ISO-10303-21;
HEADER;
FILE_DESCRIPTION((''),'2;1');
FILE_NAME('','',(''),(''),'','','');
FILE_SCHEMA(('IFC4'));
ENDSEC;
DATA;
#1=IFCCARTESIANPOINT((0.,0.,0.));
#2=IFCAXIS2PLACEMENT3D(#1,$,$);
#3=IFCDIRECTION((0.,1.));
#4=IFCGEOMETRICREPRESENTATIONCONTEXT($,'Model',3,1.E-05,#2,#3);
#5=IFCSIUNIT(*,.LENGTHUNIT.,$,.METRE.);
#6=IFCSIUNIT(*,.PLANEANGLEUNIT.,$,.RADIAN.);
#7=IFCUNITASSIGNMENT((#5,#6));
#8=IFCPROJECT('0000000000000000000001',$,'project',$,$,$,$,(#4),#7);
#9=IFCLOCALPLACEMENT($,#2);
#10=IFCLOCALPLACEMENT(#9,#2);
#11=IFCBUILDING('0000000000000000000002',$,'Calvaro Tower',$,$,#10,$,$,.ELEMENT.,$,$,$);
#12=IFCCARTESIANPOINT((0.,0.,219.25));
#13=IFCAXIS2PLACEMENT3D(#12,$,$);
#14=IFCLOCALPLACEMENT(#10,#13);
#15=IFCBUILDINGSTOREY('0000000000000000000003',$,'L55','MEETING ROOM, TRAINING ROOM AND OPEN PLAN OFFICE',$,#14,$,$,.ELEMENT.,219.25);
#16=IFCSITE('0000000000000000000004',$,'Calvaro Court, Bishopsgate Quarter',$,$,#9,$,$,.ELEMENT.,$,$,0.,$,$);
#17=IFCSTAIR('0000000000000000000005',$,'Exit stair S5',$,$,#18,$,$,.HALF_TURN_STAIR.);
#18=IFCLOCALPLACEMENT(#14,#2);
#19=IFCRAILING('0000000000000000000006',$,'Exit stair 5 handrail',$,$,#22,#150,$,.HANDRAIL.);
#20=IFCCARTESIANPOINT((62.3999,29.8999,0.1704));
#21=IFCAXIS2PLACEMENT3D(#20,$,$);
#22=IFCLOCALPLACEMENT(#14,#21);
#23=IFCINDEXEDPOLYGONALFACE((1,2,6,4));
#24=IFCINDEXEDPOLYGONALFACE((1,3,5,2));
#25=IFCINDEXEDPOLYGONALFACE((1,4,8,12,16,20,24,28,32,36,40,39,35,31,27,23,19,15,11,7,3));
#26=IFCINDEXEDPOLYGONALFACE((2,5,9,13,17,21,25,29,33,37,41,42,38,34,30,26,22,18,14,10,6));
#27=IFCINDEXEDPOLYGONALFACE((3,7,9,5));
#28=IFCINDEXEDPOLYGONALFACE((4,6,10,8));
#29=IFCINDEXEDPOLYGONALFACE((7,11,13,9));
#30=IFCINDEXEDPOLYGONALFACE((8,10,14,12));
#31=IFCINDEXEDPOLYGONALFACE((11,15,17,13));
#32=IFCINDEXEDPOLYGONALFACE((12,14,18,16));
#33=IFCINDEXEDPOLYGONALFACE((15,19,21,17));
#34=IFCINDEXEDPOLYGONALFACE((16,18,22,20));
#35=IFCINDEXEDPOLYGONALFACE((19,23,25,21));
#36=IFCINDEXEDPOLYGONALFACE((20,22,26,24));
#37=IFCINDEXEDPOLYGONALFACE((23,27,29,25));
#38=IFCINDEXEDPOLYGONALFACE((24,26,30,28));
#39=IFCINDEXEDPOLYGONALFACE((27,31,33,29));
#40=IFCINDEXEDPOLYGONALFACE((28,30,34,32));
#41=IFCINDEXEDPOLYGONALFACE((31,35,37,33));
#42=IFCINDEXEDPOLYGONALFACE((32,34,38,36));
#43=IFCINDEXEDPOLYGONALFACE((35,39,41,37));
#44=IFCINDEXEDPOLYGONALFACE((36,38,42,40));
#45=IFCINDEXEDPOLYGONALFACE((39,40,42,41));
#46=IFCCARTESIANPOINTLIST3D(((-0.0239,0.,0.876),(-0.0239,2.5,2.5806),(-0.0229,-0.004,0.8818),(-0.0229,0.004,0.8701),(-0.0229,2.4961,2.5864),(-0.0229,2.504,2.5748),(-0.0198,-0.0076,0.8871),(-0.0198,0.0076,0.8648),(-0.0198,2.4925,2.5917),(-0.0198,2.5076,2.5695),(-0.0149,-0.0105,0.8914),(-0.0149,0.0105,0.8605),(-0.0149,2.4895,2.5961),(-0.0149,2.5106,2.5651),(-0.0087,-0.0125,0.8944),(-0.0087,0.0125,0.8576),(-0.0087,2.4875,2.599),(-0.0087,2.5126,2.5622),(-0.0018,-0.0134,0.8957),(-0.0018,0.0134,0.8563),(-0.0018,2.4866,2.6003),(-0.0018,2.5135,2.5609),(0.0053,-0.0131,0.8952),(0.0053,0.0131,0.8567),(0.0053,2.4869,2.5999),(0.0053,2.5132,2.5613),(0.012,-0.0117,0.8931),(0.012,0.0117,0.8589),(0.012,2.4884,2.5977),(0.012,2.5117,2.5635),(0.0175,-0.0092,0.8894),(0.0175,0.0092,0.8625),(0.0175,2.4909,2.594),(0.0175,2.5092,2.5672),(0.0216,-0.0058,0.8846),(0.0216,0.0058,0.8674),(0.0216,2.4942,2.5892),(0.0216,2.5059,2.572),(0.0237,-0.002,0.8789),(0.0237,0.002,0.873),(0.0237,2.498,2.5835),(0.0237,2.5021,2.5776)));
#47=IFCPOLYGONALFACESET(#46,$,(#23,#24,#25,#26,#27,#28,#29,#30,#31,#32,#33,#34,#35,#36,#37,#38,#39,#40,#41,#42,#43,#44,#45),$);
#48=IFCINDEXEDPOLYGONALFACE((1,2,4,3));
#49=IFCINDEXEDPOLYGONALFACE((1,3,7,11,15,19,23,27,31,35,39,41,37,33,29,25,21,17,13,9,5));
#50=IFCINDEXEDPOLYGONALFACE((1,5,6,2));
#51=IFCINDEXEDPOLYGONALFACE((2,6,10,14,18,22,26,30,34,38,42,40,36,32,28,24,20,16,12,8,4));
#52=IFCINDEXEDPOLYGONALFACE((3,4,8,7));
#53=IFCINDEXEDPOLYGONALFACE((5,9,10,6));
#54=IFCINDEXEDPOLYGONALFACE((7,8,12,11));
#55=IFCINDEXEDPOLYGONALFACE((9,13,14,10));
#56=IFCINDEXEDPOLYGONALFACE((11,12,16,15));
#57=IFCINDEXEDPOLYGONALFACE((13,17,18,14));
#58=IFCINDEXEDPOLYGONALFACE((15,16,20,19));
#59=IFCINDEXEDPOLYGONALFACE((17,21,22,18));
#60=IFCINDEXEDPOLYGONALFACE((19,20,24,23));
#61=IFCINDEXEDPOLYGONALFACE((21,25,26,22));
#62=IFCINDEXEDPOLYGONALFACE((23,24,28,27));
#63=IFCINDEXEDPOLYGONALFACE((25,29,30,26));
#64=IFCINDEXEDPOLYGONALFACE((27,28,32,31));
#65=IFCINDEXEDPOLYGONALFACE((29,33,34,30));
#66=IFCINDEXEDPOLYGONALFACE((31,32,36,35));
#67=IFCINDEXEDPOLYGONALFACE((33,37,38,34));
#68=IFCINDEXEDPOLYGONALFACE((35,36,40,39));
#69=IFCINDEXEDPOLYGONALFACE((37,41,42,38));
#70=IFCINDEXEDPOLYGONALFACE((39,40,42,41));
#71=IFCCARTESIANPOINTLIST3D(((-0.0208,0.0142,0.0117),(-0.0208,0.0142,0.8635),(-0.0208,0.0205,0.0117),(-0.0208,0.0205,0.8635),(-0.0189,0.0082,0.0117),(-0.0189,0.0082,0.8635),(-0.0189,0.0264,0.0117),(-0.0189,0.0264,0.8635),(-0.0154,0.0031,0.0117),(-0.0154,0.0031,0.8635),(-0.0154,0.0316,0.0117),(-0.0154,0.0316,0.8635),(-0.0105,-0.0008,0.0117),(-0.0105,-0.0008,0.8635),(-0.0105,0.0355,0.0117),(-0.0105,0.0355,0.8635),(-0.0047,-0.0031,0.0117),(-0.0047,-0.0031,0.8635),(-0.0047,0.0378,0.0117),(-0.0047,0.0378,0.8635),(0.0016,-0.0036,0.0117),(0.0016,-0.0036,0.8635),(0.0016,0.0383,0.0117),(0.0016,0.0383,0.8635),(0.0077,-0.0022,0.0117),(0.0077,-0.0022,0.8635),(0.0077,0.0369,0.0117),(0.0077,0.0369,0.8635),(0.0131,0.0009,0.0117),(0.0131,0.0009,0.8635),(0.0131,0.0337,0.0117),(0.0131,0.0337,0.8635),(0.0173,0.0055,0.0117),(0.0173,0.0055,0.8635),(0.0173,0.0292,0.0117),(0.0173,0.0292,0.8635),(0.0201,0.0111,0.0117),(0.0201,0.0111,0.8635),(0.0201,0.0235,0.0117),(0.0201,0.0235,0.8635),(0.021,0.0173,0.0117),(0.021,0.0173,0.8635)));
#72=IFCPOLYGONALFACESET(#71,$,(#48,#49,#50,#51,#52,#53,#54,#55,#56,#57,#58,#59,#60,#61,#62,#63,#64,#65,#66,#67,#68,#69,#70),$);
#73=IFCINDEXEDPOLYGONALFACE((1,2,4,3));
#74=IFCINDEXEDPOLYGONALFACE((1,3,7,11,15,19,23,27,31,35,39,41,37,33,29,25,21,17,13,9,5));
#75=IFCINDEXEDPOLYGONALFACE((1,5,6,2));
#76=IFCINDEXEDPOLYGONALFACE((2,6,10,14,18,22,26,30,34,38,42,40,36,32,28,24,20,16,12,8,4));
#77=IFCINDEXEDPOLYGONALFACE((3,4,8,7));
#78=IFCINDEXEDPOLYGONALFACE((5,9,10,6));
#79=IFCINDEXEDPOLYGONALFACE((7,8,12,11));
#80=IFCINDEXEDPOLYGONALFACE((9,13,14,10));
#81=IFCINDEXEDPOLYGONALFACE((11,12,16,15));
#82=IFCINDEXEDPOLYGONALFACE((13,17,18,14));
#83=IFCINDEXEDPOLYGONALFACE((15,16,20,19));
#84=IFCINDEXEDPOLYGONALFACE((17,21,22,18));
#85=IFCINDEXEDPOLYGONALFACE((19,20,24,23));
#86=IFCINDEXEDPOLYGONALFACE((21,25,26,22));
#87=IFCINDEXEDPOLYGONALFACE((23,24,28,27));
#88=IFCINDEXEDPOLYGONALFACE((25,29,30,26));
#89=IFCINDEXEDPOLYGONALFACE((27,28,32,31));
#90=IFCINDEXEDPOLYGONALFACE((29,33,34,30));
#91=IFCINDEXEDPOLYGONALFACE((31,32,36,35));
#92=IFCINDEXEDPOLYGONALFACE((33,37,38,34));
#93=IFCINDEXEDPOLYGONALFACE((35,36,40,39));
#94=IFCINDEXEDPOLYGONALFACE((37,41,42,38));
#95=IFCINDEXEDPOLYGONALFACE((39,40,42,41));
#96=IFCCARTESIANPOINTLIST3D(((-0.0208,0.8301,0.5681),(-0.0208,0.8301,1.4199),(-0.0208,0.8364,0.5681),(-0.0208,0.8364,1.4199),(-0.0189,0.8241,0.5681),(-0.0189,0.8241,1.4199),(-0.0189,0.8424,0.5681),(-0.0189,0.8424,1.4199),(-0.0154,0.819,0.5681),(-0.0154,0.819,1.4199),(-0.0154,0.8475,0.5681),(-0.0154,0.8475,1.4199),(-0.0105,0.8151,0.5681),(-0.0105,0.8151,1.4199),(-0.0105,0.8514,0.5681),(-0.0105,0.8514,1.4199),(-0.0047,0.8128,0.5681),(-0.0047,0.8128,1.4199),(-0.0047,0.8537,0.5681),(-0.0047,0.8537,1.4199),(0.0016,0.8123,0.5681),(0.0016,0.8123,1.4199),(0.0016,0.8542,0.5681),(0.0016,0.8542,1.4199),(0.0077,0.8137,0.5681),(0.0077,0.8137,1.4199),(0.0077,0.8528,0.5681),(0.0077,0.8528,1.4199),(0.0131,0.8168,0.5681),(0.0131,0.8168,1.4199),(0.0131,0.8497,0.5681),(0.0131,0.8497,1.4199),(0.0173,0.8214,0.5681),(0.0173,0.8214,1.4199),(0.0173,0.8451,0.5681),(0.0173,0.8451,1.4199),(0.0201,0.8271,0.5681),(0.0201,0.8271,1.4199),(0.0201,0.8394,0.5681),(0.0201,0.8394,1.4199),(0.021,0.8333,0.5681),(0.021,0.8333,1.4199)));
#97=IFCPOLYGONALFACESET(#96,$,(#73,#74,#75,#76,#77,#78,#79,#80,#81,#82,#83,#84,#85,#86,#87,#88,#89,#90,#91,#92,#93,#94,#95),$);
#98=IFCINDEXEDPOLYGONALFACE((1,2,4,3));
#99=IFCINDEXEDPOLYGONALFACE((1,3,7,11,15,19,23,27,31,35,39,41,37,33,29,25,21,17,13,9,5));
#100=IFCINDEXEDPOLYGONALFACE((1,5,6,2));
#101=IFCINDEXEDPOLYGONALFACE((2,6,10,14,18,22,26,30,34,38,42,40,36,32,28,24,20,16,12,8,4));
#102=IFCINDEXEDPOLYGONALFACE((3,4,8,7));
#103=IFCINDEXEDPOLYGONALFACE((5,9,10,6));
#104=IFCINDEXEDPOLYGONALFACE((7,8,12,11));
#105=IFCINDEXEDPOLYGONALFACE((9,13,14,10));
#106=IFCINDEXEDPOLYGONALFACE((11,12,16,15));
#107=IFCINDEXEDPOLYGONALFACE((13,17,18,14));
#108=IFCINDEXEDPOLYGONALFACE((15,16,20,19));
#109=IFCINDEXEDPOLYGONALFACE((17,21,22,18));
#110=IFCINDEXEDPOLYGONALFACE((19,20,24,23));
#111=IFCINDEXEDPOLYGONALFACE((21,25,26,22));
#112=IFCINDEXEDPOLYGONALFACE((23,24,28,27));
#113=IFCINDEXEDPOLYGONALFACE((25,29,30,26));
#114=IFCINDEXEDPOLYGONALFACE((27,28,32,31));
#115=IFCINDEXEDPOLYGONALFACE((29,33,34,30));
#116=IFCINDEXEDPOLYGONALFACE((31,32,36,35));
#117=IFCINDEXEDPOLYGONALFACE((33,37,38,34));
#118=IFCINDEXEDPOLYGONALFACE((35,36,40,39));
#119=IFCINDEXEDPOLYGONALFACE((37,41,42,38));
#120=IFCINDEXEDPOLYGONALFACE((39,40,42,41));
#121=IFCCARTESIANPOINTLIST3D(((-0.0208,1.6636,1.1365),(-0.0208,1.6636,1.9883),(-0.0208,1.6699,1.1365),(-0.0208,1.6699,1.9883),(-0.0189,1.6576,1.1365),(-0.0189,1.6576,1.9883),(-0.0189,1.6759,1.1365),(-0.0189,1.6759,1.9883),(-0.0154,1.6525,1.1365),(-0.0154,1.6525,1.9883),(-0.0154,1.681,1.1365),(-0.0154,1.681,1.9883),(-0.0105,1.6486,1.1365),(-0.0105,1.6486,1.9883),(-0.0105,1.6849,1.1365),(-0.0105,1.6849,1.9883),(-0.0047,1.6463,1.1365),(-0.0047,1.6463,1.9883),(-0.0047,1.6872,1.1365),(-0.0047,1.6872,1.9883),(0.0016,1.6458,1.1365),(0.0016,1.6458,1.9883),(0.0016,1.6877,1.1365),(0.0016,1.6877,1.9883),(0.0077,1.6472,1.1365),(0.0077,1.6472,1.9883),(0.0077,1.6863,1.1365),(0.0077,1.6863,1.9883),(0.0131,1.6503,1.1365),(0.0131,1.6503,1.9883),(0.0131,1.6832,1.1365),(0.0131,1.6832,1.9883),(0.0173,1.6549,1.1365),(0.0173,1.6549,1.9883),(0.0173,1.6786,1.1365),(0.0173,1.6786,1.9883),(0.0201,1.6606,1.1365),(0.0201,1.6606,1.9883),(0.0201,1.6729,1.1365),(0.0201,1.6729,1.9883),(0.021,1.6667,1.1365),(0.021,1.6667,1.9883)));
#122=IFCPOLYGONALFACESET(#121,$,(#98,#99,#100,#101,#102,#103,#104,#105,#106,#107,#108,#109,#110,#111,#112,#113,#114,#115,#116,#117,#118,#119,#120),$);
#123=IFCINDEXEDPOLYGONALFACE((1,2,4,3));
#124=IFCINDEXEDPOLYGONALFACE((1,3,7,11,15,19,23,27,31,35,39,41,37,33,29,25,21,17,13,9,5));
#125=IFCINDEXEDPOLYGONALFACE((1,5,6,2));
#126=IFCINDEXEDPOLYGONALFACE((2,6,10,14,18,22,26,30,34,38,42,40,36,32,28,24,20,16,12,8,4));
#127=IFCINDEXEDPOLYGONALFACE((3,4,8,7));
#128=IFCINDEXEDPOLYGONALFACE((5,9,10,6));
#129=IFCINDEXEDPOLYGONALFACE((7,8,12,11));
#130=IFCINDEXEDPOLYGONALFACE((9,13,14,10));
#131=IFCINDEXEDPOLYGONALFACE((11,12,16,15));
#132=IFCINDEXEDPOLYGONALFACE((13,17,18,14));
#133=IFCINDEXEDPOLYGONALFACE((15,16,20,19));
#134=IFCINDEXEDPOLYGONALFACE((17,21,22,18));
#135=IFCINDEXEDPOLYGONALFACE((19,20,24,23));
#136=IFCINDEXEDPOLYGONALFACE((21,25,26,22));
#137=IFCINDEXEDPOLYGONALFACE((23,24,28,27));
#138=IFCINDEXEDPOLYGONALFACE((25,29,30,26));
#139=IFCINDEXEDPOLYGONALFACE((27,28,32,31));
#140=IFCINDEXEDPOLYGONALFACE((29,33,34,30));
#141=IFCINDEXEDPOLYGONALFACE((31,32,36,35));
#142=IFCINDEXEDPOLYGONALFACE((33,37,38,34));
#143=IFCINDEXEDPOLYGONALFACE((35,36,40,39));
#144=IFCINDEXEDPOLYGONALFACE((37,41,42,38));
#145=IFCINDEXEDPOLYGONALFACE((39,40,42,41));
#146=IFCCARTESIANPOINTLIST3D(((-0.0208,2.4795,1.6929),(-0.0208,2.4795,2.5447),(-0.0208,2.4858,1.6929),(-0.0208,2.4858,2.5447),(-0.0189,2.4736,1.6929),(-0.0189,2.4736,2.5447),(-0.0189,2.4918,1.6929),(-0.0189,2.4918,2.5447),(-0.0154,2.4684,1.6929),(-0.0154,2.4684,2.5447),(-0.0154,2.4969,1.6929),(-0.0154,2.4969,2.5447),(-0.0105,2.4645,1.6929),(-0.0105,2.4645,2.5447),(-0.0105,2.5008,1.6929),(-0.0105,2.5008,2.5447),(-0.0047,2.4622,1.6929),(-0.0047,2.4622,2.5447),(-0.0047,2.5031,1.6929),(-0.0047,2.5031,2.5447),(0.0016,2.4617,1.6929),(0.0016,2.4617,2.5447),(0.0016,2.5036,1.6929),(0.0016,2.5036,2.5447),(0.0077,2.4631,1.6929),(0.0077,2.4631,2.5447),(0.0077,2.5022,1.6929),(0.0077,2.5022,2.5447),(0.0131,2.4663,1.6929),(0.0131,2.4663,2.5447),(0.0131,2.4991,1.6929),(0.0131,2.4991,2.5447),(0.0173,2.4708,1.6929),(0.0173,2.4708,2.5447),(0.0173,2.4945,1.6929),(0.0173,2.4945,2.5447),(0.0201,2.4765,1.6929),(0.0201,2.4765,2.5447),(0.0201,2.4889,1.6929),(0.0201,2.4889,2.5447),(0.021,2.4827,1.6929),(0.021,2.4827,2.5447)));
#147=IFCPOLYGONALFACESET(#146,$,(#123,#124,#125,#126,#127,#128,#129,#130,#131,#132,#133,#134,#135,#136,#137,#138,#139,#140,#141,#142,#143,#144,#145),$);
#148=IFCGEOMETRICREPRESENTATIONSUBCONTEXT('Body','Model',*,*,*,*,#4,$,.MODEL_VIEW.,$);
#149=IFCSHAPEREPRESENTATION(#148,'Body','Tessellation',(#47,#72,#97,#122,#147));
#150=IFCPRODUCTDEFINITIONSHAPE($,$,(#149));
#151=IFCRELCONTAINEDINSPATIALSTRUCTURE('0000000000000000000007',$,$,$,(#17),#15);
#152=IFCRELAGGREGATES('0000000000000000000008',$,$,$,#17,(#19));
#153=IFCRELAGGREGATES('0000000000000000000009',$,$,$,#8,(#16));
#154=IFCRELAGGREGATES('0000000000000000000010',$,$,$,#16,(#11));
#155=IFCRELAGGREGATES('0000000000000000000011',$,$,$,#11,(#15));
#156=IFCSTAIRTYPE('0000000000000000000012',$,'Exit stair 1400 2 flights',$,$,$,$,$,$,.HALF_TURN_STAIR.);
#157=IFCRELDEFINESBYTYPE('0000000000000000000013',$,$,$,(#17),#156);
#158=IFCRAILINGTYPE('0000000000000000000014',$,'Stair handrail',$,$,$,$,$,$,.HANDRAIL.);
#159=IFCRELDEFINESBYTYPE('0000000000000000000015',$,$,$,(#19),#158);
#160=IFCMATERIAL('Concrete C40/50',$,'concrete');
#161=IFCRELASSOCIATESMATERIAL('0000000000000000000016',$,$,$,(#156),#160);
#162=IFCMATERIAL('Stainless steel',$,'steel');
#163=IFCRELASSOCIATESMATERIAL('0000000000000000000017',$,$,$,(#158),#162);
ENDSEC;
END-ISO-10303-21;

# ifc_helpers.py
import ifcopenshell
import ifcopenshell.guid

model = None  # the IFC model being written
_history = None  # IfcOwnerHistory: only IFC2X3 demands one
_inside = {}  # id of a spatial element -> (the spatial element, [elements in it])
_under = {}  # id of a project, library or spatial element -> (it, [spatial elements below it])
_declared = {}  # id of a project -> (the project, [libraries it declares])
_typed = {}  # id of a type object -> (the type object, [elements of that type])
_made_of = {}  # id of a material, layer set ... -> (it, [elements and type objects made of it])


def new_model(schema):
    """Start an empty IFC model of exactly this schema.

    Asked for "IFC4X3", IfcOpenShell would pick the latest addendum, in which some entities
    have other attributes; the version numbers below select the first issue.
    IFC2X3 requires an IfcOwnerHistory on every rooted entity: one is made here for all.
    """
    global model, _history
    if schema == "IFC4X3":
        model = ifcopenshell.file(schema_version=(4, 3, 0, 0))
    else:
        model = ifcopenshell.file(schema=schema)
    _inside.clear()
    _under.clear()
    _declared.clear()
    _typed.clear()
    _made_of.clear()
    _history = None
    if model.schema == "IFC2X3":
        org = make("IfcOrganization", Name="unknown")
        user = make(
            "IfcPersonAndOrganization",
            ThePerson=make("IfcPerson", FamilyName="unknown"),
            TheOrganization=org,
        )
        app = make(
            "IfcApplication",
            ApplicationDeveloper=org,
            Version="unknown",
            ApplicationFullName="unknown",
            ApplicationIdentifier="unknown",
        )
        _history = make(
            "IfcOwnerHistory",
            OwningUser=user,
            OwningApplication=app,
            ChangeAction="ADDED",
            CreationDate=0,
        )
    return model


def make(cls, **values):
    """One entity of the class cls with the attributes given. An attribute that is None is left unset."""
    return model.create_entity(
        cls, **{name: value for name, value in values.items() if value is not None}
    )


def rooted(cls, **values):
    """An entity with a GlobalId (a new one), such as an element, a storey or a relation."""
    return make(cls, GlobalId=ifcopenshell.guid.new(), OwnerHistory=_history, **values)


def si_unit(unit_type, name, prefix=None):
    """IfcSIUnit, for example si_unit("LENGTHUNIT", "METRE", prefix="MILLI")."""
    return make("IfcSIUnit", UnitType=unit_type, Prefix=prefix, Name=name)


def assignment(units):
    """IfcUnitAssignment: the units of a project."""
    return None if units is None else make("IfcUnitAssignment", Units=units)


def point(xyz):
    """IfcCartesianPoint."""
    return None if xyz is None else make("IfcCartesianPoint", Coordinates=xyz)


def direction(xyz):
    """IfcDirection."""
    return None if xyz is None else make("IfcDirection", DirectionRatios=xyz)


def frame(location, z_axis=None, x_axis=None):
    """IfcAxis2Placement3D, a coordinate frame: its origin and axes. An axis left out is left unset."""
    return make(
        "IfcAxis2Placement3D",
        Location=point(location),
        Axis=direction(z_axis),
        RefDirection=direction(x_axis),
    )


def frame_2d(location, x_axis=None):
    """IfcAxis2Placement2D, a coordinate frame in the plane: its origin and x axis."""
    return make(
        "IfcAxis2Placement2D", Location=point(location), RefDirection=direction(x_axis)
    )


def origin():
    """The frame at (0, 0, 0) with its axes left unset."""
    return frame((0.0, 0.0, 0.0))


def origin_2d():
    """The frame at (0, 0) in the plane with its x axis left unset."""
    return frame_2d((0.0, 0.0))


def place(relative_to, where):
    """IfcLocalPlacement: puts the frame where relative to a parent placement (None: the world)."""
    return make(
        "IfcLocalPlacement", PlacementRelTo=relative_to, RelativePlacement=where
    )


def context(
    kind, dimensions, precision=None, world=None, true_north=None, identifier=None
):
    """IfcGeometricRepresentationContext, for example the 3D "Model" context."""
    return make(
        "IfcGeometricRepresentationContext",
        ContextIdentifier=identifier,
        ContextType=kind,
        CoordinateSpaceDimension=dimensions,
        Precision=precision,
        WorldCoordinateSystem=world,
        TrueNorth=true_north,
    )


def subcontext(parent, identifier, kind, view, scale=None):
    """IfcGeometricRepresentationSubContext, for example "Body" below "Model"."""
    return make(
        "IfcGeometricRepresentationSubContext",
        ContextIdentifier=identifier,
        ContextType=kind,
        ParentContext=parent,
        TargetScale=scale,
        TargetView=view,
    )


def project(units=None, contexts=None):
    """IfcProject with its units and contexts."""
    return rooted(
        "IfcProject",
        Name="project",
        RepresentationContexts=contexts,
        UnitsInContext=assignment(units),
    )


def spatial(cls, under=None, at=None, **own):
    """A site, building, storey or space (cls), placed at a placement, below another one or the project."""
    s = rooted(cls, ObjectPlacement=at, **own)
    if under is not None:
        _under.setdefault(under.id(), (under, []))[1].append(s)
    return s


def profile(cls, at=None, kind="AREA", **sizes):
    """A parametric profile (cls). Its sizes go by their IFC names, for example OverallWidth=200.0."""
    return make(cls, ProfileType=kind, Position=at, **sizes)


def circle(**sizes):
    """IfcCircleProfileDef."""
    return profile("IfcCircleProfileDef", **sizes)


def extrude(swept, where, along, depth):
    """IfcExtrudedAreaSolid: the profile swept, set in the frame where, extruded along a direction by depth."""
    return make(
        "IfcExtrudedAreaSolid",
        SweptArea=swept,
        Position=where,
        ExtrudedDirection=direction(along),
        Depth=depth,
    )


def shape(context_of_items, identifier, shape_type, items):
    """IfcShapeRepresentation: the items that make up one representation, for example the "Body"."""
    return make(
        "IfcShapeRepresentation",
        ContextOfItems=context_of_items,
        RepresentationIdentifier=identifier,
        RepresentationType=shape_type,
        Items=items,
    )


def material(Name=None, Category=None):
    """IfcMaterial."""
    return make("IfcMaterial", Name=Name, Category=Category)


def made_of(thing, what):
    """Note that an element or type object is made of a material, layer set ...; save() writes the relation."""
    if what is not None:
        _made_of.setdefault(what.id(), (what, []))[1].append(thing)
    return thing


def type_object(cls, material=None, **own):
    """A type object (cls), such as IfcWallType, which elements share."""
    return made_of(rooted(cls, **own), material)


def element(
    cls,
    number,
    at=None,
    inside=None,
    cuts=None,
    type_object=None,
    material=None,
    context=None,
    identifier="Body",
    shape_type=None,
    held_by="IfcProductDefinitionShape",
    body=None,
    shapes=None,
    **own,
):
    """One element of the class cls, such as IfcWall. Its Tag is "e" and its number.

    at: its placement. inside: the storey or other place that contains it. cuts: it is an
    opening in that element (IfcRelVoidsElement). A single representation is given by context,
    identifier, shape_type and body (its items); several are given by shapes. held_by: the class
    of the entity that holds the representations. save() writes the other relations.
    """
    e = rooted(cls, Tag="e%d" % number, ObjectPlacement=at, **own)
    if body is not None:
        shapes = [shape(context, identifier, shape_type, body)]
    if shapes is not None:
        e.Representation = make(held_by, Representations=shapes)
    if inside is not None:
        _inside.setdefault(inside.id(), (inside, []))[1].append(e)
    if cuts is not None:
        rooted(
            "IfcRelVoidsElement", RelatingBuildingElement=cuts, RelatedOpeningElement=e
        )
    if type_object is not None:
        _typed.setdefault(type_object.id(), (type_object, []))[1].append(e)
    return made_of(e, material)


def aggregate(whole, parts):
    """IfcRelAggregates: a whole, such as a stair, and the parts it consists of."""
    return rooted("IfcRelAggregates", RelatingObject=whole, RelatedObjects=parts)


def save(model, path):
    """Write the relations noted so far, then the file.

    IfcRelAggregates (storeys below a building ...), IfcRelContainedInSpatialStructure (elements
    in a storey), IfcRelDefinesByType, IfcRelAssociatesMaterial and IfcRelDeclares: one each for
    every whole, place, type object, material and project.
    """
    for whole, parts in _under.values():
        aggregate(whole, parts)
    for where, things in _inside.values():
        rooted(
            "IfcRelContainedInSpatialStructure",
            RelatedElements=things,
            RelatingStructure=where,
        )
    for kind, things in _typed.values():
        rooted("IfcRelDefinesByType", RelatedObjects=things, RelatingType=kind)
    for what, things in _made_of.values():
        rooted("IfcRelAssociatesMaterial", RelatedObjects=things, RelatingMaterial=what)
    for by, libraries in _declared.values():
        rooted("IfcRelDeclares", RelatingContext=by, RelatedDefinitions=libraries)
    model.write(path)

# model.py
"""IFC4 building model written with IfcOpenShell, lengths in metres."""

from ifc_helpers import new_model, si_unit, direction, frame, origin, origin_2d, place, context, subcontext, project, spatial, circle, extrude, material, type_object, element, aggregate, save


model = new_model("IFC4")

# Units and contexts
model_context = context("Model", 3, precision=1e-05, world=origin(), true_north=direction((0.0, 1.0)))
body_context = subcontext(model_context, "Body", "Model", "MODEL_VIEW")
ifc_project = project(units=[si_unit("LENGTHUNIT", "METRE"), si_unit("PLANEANGLEUNIT", "RADIAN")], contexts=[model_context])

# Site, building, storey
site_placement = place(None, origin())
site = spatial("IfcSite", under=ifc_project, at=site_placement, Name="Calvaro Court, Bishopsgate Quarter", CompositionType="ELEMENT", RefElevation=0.0)
building_placement = place(site_placement, origin())
building = spatial("IfcBuilding", under=site, at=building_placement, Name="Calvaro Tower", CompositionType="ELEMENT")
storey_placement = place(building_placement, frame((0.0, 0.0, 219.25)))
storey = spatial("IfcBuildingStorey", under=building, at=storey_placement, Name="L55", Description="MEETING ROOM, TRAINING ROOM AND OPEN PLAN OFFICE", CompositionType="ELEMENT", Elevation=219.25)

# Stair
ifc_material_1 = material(Name="Concrete C40/50", Category="concrete")
stair_type = type_object("IfcStairType", Name="Exit stair 1400 2 flights", PredefinedType="HALF_TURN_STAIR", material=ifc_material_1)
stair_1_placement = place(storey_placement, origin())
stair_1 = element("IfcStair", 1, at=stair_1_placement, inside=storey, type_object=stair_type, Name="Exit stair S5", PredefinedType="HALF_TURN_STAIR")

# Shared definitions
ifc_material_2 = material(Name="Stainless steel", Category="steel")
railing_type = type_object("IfcRailingType", Name="Stair handrail", PredefinedType="HANDRAIL", material=ifc_material_2)

# Railing
railing_1_placement = place(storey_placement, frame((62.3999, 29.8999, 0.1704)))
railing_1 = element("IfcRailing", 2, at=railing_1_placement, type_object=railing_type, Name="Exit stair 5 handrail", PredefinedType="HANDRAIL", context=body_context, shape_type="SweptSolid", body=[
    extrude(circle(Radius=0.0239, at=origin_2d()), frame((0.0, 0.0, 0.876), z_axis=(0.0, 0.826221, 0.563347), x_axis=(-1.0, 0.0, 0.0)), (0.0, 0.0, 1.0), 3.0259),
    extrude(circle(Radius=0.021, at=origin_2d()), frame((0.0, 0.0173, 0.0117)), (0.0, 0.0, 1.0), 0.8518),
    extrude(circle(Radius=0.021, at=origin_2d()), frame((0.0, 0.8333, 0.5681)), (0.0, 0.0, 1.0), 0.8518),
    extrude(circle(Radius=0.021, at=origin_2d()), frame((0.0, 1.6667, 1.1365)), (0.0, 0.0, 1.0), 0.8518),
    extrude(circle(Radius=0.021, at=origin_2d()), frame((0.0, 2.4827, 1.6929)), (0.0, 0.0, 1.0), 0.8518),
])
aggregate(stair_1, [railing_1])

save(model, "model.ifc")
